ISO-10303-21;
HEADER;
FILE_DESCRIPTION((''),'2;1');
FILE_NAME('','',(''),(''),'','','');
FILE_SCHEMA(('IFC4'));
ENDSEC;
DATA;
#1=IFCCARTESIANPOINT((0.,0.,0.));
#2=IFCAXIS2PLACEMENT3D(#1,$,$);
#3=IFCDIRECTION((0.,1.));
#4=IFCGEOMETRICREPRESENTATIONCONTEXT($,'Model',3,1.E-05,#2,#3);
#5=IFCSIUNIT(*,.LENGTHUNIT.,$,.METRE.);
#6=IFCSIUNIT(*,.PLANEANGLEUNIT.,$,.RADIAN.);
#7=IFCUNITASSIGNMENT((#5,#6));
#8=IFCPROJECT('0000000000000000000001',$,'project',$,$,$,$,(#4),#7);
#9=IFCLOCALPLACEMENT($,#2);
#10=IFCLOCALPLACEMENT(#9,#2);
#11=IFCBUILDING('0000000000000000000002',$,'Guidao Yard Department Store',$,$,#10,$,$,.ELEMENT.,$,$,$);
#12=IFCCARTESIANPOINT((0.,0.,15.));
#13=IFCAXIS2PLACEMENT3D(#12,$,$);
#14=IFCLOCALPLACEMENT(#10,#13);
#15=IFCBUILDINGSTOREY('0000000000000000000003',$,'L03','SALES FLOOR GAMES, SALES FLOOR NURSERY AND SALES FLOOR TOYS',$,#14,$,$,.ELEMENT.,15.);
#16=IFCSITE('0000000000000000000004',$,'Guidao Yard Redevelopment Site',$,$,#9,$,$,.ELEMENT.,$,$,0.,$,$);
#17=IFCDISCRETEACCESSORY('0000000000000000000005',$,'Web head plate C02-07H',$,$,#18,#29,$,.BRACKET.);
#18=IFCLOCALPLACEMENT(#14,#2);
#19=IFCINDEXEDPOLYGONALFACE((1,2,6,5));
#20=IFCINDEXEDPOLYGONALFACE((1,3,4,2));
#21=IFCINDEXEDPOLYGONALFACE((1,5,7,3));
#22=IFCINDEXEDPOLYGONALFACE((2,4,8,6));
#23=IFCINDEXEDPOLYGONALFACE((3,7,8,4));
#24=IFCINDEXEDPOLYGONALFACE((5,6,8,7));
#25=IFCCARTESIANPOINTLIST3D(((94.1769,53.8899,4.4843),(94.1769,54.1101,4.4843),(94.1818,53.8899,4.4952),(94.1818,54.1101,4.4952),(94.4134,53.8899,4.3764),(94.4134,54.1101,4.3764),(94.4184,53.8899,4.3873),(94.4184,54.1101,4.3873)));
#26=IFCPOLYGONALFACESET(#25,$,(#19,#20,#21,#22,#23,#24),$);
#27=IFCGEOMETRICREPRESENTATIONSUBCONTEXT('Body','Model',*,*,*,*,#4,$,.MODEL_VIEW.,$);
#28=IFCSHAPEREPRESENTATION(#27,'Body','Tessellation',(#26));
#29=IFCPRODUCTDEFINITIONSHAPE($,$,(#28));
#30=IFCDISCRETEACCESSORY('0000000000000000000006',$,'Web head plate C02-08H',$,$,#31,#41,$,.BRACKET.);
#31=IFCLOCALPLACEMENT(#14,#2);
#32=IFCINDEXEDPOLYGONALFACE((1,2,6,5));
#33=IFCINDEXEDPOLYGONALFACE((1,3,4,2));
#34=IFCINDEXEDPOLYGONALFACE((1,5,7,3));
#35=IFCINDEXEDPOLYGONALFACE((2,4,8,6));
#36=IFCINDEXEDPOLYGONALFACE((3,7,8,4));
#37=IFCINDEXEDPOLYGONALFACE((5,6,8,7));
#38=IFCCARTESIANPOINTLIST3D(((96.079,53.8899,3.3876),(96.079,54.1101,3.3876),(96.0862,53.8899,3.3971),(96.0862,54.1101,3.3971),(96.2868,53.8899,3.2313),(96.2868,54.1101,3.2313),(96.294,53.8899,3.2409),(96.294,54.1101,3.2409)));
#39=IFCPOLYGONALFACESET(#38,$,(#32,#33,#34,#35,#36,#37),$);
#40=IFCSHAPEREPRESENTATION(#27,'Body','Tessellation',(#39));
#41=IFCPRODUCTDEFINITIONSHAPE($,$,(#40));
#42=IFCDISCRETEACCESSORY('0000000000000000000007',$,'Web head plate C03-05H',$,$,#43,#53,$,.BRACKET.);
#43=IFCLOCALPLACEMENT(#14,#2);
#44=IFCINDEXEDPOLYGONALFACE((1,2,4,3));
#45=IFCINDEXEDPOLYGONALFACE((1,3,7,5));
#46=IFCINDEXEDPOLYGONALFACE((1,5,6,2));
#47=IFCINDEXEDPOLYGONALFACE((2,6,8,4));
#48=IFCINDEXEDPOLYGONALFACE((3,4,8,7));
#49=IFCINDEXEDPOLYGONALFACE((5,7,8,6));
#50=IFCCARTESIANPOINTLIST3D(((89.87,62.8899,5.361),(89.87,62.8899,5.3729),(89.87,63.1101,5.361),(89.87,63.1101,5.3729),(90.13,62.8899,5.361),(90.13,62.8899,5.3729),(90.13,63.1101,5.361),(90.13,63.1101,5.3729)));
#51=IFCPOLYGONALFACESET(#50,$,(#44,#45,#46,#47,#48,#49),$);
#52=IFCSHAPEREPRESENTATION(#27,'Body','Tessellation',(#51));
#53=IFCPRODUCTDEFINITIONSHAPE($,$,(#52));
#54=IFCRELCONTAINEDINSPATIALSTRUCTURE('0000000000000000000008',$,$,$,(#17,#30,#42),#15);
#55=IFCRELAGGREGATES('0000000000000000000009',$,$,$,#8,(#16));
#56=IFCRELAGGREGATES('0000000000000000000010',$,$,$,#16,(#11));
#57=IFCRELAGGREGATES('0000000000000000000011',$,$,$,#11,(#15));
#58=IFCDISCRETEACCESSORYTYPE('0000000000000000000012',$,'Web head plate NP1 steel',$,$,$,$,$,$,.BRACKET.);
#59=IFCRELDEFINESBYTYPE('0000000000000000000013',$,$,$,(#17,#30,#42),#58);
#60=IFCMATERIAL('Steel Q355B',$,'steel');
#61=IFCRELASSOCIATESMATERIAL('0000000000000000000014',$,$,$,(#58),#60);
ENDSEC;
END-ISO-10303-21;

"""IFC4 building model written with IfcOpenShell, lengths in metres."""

from ifc_helpers import new_model, si_unit, direction, frame, origin, origin_2d, place, context, subcontext, project, spatial, rectangle, extrude, material, material_profile, profile_set, type_object, element, save


model = new_model("IFC4")

# Units and contexts
model_context = context("Model", 3, precision=1e-05, world=origin(), true_north=direction((0.0, 1.0)))
body_context = subcontext(model_context, "Body", "Model", "MODEL_VIEW")
ifc_project = project(units=[si_unit("LENGTHUNIT", "METRE"), si_unit("PLANEANGLEUNIT", "RADIAN")], contexts=[model_context])

# Site, building, storey
site_placement = place(None, origin())
site = spatial("IfcSite", under=ifc_project, at=site_placement, Name="Guidao Yard Redevelopment Site", CompositionType="ELEMENT", RefElevation=0.0)
building_placement = place(site_placement, origin())
building = spatial("IfcBuilding", under=site, at=building_placement, Name="Guidao Yard Department Store", CompositionType="ELEMENT")
storey_placement = place(building_placement, frame((0.0, 0.0, 15.0)))
storey = spatial("IfcBuildingStorey", under=building, at=storey_placement, Name="L03", Description="SALES FLOOR GAMES, SALES FLOOR NURSERY AND SALES FLOOR TOYS", CompositionType="ELEMENT", Elevation=15.0)

# Discrete accessories
ifc_material_1 = material(Name="Steel Q355B", Category="steel")
ifc_material_profile_1 = material_profile(ifc_material_1, rectangle(XDim=0.26, YDim=0.012, at=origin_2d()), Name="Node plate 260x12")
ifc_profile_set_1 = profile_set([ifc_material_profile_1], Name="Steel Q355B")
discrete_accessory_type_1 = type_object("IfcDiscreteAccessoryType", Name="Web head plate NP1 steel", PredefinedType="BRACKET", material=ifc_profile_set_1)
for number, where, z_axis, x_axis, name in (
    (1, (94.2976, 53.8899, 4.4358), (0.0, 1.0, 0.0), (-0.909751, 0.0, 0.415155), "Web head plate C02-07H"),
    (2, (96.1865, 53.8899, 3.3142), (0.0, 1.0, 0.0), (-0.799284, 0.0, 0.600954), "Web head plate C02-08H"),
    (3, (90.0, 62.8899, 5.3669), (0.0, 1.0, 0.0), (-1.0, 0.0, 0.0), "Web head plate C03-05H"),
):
    element("IfcDiscreteAccessory", number, at=place(storey_placement, frame(where, z_axis=z_axis, x_axis=x_axis)), inside=storey, type_object=discrete_accessory_type_1, Name=name, PredefinedType="BRACKET", context=body_context, shape_type="SweptSolid", body=[
        extrude(rectangle(XDim=0.26, YDim=0.012, at=origin_2d()), origin(), (0.0, 0.0, 1.0), 0.2202),
    ])

save(model, "model.ifc")
